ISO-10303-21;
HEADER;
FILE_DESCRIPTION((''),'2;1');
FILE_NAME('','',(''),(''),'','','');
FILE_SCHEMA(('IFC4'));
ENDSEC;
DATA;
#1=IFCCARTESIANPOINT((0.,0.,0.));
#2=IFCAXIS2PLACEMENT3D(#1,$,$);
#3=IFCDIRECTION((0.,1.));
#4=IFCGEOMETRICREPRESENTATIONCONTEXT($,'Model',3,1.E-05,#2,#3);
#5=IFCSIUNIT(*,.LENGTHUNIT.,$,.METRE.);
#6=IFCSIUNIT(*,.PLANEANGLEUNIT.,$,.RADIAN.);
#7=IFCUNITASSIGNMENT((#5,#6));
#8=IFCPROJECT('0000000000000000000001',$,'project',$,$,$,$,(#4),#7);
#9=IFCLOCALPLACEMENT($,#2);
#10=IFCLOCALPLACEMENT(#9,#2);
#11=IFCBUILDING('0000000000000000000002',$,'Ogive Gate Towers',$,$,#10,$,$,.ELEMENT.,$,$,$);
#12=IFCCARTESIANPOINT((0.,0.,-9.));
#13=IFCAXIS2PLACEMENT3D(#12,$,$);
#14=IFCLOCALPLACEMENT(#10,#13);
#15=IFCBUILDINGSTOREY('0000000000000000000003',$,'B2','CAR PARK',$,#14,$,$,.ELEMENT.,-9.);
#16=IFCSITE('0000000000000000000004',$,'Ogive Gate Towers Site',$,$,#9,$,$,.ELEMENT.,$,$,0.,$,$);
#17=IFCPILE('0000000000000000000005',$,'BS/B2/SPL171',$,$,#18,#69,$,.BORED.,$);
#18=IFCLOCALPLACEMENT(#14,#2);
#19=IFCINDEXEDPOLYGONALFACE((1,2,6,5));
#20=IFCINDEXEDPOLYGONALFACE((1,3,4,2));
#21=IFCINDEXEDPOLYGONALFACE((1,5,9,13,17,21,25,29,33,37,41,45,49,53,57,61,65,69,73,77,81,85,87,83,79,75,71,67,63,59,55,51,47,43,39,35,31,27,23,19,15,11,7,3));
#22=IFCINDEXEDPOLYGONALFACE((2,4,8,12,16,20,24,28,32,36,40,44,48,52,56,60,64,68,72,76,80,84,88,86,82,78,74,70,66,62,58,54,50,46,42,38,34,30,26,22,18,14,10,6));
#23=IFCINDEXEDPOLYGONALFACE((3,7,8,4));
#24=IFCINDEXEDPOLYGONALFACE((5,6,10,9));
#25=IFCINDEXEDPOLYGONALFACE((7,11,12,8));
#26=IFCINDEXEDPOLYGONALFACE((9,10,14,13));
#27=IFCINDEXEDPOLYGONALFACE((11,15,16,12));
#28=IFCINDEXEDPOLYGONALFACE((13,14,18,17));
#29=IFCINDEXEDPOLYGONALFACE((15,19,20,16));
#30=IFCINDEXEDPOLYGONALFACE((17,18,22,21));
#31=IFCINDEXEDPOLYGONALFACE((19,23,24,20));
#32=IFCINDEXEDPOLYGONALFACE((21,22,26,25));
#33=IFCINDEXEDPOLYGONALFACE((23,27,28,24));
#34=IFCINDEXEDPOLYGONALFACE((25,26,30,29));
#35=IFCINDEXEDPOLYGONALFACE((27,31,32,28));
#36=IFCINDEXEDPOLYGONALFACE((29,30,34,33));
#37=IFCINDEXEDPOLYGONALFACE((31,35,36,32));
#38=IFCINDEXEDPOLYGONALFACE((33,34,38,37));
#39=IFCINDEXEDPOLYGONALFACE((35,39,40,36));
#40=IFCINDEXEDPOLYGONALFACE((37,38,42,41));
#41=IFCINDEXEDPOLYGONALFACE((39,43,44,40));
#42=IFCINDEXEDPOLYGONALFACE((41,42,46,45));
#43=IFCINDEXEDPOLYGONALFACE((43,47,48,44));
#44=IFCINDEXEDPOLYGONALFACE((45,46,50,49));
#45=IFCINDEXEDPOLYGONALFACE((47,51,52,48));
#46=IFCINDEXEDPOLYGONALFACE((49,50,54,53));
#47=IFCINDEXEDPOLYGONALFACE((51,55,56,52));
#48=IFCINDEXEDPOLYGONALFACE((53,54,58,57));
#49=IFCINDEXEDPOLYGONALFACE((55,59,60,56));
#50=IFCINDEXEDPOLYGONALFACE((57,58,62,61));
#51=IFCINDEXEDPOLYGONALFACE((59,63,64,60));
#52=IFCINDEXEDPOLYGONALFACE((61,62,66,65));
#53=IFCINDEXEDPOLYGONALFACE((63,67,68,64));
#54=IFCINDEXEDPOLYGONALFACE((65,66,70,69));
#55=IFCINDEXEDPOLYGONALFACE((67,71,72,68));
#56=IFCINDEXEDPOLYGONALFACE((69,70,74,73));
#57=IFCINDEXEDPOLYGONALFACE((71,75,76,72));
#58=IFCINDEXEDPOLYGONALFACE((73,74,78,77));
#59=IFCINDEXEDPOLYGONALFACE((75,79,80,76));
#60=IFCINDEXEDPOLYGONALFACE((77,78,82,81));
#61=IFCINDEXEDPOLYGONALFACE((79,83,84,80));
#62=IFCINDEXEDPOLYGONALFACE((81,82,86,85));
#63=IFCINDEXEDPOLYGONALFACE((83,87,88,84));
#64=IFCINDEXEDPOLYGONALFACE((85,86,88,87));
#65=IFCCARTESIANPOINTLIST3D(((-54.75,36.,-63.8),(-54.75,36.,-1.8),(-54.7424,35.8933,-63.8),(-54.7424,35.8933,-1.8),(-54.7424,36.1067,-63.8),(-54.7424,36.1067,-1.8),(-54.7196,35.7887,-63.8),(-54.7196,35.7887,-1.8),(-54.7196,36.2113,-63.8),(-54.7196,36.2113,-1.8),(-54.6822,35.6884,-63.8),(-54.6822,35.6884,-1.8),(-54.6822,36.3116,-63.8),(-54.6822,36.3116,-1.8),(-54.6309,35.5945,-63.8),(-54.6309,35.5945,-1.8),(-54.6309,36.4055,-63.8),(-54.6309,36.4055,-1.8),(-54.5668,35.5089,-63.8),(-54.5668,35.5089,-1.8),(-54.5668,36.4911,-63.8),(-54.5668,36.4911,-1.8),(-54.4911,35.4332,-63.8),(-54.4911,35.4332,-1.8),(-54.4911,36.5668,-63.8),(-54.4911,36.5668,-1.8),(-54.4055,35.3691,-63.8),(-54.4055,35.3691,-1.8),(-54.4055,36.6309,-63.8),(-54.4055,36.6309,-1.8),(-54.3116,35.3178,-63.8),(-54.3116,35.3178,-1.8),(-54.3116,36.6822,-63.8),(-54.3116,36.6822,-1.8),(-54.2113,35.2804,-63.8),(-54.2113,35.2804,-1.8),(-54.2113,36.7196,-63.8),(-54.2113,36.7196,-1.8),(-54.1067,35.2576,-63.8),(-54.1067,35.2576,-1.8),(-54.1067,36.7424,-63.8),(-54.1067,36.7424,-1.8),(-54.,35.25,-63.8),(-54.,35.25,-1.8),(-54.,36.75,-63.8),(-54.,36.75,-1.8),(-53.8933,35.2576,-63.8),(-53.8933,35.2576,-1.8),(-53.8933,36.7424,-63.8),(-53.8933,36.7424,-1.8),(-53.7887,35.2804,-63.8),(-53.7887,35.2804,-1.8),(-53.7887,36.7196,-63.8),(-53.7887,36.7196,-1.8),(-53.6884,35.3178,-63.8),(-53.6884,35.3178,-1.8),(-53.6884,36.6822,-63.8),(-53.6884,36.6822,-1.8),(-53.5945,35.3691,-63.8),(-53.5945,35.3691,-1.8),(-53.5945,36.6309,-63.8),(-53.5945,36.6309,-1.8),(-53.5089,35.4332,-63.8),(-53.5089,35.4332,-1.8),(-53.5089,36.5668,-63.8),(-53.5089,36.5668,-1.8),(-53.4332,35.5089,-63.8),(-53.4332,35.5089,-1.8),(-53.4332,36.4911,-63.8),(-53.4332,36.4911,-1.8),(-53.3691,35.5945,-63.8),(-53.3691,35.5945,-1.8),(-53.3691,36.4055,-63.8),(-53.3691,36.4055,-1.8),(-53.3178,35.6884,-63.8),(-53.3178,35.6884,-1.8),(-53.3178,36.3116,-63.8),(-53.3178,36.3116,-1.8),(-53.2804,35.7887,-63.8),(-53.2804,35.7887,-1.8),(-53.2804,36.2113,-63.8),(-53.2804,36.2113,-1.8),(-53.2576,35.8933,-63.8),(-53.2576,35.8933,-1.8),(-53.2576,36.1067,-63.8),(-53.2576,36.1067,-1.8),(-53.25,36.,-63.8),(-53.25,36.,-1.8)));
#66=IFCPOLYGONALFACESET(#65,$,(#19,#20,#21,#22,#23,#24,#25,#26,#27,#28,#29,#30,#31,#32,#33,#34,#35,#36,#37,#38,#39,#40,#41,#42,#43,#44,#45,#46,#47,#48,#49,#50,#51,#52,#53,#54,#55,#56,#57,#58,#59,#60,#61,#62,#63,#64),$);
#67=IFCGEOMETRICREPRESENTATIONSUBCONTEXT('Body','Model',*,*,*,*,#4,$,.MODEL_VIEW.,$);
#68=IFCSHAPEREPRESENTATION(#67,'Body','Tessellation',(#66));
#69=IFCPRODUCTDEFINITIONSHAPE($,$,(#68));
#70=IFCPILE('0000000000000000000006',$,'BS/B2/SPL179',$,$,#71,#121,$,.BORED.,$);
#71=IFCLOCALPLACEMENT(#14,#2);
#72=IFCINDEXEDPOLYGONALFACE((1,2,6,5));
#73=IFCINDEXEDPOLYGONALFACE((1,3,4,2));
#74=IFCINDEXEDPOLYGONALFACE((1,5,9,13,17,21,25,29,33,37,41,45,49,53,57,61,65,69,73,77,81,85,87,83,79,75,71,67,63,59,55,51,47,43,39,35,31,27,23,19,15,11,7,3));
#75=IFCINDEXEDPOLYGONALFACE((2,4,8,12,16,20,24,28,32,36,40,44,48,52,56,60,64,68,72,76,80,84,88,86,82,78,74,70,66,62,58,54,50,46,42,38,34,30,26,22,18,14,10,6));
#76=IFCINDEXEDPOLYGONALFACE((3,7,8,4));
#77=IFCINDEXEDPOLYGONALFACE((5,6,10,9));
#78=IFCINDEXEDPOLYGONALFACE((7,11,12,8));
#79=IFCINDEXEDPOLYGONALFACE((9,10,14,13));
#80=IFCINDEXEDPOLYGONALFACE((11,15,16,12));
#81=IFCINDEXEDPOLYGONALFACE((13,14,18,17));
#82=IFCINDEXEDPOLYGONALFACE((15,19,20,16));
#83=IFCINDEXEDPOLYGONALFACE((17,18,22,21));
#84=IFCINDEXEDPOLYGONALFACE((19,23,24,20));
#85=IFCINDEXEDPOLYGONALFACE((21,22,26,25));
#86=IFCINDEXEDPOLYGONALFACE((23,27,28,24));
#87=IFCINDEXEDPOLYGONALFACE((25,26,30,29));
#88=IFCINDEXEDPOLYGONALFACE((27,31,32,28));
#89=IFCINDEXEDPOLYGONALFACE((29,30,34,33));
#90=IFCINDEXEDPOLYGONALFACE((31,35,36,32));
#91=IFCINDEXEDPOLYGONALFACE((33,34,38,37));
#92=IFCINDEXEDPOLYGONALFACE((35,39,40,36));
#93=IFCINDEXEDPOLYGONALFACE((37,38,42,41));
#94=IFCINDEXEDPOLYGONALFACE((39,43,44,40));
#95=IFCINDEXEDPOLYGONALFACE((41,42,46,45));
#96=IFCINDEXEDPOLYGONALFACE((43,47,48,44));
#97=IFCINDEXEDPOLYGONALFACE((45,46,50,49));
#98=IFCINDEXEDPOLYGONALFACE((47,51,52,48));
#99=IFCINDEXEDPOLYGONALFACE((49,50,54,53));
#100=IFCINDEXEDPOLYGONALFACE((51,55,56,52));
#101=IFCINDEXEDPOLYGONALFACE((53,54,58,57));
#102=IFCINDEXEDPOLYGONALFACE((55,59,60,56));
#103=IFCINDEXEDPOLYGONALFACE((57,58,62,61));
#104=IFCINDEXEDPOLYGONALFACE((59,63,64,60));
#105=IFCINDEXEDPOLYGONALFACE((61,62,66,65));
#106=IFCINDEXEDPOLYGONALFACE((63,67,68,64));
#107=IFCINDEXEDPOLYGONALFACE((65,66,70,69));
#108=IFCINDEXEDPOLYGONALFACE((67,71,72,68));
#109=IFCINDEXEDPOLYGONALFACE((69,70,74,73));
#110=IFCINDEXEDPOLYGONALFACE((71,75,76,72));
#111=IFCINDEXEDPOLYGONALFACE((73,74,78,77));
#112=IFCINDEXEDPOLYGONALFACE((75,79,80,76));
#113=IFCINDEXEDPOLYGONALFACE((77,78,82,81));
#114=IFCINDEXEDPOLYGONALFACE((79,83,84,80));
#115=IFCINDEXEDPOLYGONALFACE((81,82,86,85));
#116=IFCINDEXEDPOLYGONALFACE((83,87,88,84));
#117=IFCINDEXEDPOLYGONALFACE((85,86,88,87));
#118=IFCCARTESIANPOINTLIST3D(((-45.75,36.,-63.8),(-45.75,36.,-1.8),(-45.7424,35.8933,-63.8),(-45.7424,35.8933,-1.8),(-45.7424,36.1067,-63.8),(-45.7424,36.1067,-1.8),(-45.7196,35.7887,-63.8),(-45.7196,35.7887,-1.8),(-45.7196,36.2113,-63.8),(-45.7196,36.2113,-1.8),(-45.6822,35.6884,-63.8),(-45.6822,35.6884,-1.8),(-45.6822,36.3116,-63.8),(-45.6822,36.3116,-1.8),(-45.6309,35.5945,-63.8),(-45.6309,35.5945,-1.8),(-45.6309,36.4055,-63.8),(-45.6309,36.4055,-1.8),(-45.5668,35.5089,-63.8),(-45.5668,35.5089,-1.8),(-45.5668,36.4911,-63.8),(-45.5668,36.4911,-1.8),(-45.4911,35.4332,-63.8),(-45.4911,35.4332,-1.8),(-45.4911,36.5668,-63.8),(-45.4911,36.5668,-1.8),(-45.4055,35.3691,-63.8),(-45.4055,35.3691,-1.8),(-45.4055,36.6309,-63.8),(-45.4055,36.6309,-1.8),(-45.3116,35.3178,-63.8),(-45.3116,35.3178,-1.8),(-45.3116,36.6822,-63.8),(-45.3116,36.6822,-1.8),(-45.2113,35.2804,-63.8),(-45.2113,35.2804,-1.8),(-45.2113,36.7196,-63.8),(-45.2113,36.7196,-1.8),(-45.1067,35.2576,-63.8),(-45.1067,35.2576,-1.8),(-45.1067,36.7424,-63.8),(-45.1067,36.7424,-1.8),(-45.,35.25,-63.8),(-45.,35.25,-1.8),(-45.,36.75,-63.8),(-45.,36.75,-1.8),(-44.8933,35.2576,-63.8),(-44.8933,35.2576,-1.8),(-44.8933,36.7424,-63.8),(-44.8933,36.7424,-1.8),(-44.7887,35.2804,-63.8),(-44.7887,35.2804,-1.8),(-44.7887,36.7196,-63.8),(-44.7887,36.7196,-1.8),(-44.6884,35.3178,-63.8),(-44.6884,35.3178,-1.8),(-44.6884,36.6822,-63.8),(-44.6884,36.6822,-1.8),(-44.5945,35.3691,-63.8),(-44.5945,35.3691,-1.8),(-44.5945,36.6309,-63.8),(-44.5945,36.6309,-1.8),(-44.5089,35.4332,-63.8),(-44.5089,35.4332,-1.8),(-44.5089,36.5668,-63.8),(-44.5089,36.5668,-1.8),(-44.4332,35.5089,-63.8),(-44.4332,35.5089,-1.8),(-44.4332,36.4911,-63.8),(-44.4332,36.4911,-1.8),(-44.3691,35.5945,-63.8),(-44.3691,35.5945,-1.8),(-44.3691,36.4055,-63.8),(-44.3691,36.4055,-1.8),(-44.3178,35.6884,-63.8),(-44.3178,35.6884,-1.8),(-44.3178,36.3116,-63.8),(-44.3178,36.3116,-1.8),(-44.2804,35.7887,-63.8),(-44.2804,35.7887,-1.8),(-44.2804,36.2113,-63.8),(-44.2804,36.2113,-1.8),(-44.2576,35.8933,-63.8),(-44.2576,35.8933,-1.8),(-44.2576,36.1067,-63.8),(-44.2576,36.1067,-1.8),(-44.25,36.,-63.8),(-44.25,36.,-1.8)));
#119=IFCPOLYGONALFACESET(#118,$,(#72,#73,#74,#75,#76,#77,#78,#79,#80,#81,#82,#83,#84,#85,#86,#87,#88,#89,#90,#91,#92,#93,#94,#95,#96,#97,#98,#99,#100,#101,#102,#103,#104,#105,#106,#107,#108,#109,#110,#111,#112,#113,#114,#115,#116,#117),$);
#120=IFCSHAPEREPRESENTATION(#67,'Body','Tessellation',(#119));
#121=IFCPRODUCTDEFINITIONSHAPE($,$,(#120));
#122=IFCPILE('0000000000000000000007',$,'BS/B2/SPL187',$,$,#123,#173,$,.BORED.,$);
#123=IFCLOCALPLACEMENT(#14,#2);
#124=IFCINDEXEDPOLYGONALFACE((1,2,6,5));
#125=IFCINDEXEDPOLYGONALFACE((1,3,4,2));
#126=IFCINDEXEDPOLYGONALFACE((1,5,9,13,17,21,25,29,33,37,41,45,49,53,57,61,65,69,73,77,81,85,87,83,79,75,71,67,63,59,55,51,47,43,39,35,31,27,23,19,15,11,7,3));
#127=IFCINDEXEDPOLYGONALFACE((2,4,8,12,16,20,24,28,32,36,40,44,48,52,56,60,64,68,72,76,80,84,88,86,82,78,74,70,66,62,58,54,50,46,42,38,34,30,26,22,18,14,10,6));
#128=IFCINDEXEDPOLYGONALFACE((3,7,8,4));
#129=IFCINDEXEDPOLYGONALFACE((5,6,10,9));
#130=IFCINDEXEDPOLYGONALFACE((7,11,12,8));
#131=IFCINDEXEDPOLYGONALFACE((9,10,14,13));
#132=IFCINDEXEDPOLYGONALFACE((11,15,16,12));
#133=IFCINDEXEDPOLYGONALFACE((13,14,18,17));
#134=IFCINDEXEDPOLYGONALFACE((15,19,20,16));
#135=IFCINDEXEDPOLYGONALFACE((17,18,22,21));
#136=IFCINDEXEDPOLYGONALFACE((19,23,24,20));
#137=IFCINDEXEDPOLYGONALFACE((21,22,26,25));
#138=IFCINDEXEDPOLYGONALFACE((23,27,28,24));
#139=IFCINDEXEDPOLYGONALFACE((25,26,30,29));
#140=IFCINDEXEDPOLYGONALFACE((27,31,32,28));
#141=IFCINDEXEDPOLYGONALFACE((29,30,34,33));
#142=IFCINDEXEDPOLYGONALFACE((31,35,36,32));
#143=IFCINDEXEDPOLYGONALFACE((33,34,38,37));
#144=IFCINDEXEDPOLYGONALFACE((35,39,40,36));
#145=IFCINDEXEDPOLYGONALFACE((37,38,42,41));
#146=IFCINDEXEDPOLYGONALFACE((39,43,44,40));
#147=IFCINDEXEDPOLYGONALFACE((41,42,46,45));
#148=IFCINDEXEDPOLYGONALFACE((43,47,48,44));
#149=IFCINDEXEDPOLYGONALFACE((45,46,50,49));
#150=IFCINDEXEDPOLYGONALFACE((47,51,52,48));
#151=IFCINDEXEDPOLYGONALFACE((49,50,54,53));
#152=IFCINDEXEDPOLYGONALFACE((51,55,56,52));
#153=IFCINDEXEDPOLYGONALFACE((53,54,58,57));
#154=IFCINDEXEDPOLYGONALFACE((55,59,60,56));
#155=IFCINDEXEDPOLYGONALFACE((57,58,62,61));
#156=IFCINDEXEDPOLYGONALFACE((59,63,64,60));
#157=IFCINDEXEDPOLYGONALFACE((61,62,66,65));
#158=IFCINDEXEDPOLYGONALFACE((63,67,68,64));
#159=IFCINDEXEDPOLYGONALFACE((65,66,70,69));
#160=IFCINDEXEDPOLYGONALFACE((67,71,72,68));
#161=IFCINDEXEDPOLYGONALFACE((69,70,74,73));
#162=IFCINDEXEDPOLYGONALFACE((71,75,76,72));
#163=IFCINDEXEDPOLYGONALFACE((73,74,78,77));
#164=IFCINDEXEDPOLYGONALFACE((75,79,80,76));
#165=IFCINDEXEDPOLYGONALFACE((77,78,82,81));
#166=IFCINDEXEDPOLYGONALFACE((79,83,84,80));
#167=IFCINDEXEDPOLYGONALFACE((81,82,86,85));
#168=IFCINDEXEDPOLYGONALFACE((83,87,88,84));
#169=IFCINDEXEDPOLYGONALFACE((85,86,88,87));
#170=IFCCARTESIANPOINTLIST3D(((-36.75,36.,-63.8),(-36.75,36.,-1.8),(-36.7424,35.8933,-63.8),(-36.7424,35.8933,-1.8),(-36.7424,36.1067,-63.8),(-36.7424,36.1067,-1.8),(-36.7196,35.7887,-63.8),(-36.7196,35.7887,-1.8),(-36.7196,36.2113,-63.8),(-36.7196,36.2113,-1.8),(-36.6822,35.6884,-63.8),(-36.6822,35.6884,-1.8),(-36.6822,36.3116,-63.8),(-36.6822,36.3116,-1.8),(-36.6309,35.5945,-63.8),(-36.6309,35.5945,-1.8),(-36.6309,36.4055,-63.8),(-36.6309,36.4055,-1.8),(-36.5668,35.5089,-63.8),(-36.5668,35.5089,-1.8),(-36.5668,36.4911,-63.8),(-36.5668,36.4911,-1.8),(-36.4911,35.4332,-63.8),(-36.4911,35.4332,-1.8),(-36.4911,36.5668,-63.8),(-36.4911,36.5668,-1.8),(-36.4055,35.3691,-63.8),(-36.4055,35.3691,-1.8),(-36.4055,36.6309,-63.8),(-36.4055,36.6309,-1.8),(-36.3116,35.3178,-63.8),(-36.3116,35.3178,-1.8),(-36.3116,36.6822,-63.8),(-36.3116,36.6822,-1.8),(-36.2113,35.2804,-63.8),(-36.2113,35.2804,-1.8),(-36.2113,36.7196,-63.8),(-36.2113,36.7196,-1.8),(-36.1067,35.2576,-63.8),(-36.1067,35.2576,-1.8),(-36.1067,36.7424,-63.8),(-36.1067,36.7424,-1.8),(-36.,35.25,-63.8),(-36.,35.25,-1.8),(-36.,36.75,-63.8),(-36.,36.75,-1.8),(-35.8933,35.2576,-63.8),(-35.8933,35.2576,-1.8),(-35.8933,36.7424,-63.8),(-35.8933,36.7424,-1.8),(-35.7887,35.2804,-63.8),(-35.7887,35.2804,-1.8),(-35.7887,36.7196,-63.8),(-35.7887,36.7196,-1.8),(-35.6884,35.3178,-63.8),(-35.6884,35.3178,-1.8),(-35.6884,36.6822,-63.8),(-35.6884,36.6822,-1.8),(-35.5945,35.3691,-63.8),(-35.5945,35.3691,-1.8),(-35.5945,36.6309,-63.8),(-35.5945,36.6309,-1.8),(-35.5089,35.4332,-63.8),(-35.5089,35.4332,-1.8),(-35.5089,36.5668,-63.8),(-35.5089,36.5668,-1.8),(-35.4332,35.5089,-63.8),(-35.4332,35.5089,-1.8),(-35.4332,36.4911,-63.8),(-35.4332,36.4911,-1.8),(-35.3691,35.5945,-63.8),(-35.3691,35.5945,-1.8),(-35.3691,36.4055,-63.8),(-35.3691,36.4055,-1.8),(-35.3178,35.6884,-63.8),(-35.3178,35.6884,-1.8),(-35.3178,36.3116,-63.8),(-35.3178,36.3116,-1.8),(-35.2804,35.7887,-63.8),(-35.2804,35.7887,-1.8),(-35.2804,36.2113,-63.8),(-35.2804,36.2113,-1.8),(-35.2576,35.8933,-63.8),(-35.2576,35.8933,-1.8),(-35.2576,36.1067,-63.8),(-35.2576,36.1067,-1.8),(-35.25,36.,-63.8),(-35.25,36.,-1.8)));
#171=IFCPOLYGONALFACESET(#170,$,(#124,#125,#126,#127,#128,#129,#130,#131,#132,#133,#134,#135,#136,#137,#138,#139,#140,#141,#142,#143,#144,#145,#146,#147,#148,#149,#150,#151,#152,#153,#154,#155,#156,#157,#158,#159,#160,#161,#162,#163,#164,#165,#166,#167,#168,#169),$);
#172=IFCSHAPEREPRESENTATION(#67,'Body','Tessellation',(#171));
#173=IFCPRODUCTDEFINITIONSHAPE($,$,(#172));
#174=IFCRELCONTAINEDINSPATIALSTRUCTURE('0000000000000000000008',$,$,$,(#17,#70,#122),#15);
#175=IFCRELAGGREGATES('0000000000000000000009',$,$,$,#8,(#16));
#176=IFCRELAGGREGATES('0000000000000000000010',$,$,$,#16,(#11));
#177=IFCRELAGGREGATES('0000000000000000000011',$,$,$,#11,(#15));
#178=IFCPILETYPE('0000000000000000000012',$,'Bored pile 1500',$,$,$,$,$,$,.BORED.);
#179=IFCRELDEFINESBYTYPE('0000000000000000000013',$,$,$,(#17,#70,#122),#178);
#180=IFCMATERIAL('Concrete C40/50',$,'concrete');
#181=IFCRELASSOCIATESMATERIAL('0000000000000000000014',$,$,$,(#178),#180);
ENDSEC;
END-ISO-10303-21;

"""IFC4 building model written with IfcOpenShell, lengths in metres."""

from ifc_helpers import new_model, si_unit, direction, frame, origin, origin_2d, place, context, subcontext, project, spatial, circle, extrude, material, material_profile, profile_set, type_object, element, save


model = new_model("IFC4")

# Units and contexts
model_context = context("Model", 3, precision=1e-05, world=origin(), true_north=direction((0.0, 1.0)))
body_context = subcontext(model_context, "Body", "Model", "MODEL_VIEW")
ifc_project = project(units=[si_unit("LENGTHUNIT", "METRE"), si_unit("PLANEANGLEUNIT", "RADIAN")], contexts=[model_context])

# Site, building, storey
site_placement = place(None, origin())
site = spatial("IfcSite", under=ifc_project, at=site_placement, Name="Ogive Gate Towers Site", CompositionType="ELEMENT", RefElevation=0.0)
building_placement = place(site_placement, origin())
building = spatial("IfcBuilding", under=site, at=building_placement, Name="Ogive Gate Towers", CompositionType="ELEMENT")
storey_placement = place(building_placement, frame((0.0, 0.0, -9.0)))
storey = spatial("IfcBuildingStorey", under=building, at=storey_placement, Name="B2", Description="CAR PARK", CompositionType="ELEMENT", Elevation=-9.0)

# Piles
ifc_material_1 = material(Name="Concrete C40/50", Category="concrete")
ifc_material_profile_1 = material_profile(ifc_material_1, circle(Radius=0.75, at=origin_2d()), Name="BP 1500")
ifc_profile_set_1 = profile_set([ifc_material_profile_1], Name="Concrete C40/50")
pile_type_1 = type_object("IfcPileType", Name="Bored pile 1500", PredefinedType="BORED", material=ifc_profile_set_1)
for number, where, z_axis, x_axis, name in (
    (1, (-54.0, 36.0, -1.8), (0.0, 0.0, -1.0), (1.0, 0.0, 0.0), "BS/B2/SPL171"),
    (2, (-45.0, 36.0, -1.8), (0.0, 0.0, -1.0), (1.0, 0.0, 0.0), "BS/B2/SPL179"),
    (3, (-36.0, 36.0, -1.8), (0.0, 0.0, -1.0), (1.0, 0.0, 0.0), "BS/B2/SPL187"),
):
    element("IfcPile", number, at=place(storey_placement, frame(where, z_axis=z_axis, x_axis=x_axis)), inside=storey, type_object=pile_type_1, Name=name, PredefinedType="BORED", context=body_context, shape_type="SweptSolid", body=[
        extrude(circle(Radius=0.75, at=origin_2d()), origin(), (0.0, 0.0, 1.0), 62.0),
    ])

save(model, "model.ifc")
